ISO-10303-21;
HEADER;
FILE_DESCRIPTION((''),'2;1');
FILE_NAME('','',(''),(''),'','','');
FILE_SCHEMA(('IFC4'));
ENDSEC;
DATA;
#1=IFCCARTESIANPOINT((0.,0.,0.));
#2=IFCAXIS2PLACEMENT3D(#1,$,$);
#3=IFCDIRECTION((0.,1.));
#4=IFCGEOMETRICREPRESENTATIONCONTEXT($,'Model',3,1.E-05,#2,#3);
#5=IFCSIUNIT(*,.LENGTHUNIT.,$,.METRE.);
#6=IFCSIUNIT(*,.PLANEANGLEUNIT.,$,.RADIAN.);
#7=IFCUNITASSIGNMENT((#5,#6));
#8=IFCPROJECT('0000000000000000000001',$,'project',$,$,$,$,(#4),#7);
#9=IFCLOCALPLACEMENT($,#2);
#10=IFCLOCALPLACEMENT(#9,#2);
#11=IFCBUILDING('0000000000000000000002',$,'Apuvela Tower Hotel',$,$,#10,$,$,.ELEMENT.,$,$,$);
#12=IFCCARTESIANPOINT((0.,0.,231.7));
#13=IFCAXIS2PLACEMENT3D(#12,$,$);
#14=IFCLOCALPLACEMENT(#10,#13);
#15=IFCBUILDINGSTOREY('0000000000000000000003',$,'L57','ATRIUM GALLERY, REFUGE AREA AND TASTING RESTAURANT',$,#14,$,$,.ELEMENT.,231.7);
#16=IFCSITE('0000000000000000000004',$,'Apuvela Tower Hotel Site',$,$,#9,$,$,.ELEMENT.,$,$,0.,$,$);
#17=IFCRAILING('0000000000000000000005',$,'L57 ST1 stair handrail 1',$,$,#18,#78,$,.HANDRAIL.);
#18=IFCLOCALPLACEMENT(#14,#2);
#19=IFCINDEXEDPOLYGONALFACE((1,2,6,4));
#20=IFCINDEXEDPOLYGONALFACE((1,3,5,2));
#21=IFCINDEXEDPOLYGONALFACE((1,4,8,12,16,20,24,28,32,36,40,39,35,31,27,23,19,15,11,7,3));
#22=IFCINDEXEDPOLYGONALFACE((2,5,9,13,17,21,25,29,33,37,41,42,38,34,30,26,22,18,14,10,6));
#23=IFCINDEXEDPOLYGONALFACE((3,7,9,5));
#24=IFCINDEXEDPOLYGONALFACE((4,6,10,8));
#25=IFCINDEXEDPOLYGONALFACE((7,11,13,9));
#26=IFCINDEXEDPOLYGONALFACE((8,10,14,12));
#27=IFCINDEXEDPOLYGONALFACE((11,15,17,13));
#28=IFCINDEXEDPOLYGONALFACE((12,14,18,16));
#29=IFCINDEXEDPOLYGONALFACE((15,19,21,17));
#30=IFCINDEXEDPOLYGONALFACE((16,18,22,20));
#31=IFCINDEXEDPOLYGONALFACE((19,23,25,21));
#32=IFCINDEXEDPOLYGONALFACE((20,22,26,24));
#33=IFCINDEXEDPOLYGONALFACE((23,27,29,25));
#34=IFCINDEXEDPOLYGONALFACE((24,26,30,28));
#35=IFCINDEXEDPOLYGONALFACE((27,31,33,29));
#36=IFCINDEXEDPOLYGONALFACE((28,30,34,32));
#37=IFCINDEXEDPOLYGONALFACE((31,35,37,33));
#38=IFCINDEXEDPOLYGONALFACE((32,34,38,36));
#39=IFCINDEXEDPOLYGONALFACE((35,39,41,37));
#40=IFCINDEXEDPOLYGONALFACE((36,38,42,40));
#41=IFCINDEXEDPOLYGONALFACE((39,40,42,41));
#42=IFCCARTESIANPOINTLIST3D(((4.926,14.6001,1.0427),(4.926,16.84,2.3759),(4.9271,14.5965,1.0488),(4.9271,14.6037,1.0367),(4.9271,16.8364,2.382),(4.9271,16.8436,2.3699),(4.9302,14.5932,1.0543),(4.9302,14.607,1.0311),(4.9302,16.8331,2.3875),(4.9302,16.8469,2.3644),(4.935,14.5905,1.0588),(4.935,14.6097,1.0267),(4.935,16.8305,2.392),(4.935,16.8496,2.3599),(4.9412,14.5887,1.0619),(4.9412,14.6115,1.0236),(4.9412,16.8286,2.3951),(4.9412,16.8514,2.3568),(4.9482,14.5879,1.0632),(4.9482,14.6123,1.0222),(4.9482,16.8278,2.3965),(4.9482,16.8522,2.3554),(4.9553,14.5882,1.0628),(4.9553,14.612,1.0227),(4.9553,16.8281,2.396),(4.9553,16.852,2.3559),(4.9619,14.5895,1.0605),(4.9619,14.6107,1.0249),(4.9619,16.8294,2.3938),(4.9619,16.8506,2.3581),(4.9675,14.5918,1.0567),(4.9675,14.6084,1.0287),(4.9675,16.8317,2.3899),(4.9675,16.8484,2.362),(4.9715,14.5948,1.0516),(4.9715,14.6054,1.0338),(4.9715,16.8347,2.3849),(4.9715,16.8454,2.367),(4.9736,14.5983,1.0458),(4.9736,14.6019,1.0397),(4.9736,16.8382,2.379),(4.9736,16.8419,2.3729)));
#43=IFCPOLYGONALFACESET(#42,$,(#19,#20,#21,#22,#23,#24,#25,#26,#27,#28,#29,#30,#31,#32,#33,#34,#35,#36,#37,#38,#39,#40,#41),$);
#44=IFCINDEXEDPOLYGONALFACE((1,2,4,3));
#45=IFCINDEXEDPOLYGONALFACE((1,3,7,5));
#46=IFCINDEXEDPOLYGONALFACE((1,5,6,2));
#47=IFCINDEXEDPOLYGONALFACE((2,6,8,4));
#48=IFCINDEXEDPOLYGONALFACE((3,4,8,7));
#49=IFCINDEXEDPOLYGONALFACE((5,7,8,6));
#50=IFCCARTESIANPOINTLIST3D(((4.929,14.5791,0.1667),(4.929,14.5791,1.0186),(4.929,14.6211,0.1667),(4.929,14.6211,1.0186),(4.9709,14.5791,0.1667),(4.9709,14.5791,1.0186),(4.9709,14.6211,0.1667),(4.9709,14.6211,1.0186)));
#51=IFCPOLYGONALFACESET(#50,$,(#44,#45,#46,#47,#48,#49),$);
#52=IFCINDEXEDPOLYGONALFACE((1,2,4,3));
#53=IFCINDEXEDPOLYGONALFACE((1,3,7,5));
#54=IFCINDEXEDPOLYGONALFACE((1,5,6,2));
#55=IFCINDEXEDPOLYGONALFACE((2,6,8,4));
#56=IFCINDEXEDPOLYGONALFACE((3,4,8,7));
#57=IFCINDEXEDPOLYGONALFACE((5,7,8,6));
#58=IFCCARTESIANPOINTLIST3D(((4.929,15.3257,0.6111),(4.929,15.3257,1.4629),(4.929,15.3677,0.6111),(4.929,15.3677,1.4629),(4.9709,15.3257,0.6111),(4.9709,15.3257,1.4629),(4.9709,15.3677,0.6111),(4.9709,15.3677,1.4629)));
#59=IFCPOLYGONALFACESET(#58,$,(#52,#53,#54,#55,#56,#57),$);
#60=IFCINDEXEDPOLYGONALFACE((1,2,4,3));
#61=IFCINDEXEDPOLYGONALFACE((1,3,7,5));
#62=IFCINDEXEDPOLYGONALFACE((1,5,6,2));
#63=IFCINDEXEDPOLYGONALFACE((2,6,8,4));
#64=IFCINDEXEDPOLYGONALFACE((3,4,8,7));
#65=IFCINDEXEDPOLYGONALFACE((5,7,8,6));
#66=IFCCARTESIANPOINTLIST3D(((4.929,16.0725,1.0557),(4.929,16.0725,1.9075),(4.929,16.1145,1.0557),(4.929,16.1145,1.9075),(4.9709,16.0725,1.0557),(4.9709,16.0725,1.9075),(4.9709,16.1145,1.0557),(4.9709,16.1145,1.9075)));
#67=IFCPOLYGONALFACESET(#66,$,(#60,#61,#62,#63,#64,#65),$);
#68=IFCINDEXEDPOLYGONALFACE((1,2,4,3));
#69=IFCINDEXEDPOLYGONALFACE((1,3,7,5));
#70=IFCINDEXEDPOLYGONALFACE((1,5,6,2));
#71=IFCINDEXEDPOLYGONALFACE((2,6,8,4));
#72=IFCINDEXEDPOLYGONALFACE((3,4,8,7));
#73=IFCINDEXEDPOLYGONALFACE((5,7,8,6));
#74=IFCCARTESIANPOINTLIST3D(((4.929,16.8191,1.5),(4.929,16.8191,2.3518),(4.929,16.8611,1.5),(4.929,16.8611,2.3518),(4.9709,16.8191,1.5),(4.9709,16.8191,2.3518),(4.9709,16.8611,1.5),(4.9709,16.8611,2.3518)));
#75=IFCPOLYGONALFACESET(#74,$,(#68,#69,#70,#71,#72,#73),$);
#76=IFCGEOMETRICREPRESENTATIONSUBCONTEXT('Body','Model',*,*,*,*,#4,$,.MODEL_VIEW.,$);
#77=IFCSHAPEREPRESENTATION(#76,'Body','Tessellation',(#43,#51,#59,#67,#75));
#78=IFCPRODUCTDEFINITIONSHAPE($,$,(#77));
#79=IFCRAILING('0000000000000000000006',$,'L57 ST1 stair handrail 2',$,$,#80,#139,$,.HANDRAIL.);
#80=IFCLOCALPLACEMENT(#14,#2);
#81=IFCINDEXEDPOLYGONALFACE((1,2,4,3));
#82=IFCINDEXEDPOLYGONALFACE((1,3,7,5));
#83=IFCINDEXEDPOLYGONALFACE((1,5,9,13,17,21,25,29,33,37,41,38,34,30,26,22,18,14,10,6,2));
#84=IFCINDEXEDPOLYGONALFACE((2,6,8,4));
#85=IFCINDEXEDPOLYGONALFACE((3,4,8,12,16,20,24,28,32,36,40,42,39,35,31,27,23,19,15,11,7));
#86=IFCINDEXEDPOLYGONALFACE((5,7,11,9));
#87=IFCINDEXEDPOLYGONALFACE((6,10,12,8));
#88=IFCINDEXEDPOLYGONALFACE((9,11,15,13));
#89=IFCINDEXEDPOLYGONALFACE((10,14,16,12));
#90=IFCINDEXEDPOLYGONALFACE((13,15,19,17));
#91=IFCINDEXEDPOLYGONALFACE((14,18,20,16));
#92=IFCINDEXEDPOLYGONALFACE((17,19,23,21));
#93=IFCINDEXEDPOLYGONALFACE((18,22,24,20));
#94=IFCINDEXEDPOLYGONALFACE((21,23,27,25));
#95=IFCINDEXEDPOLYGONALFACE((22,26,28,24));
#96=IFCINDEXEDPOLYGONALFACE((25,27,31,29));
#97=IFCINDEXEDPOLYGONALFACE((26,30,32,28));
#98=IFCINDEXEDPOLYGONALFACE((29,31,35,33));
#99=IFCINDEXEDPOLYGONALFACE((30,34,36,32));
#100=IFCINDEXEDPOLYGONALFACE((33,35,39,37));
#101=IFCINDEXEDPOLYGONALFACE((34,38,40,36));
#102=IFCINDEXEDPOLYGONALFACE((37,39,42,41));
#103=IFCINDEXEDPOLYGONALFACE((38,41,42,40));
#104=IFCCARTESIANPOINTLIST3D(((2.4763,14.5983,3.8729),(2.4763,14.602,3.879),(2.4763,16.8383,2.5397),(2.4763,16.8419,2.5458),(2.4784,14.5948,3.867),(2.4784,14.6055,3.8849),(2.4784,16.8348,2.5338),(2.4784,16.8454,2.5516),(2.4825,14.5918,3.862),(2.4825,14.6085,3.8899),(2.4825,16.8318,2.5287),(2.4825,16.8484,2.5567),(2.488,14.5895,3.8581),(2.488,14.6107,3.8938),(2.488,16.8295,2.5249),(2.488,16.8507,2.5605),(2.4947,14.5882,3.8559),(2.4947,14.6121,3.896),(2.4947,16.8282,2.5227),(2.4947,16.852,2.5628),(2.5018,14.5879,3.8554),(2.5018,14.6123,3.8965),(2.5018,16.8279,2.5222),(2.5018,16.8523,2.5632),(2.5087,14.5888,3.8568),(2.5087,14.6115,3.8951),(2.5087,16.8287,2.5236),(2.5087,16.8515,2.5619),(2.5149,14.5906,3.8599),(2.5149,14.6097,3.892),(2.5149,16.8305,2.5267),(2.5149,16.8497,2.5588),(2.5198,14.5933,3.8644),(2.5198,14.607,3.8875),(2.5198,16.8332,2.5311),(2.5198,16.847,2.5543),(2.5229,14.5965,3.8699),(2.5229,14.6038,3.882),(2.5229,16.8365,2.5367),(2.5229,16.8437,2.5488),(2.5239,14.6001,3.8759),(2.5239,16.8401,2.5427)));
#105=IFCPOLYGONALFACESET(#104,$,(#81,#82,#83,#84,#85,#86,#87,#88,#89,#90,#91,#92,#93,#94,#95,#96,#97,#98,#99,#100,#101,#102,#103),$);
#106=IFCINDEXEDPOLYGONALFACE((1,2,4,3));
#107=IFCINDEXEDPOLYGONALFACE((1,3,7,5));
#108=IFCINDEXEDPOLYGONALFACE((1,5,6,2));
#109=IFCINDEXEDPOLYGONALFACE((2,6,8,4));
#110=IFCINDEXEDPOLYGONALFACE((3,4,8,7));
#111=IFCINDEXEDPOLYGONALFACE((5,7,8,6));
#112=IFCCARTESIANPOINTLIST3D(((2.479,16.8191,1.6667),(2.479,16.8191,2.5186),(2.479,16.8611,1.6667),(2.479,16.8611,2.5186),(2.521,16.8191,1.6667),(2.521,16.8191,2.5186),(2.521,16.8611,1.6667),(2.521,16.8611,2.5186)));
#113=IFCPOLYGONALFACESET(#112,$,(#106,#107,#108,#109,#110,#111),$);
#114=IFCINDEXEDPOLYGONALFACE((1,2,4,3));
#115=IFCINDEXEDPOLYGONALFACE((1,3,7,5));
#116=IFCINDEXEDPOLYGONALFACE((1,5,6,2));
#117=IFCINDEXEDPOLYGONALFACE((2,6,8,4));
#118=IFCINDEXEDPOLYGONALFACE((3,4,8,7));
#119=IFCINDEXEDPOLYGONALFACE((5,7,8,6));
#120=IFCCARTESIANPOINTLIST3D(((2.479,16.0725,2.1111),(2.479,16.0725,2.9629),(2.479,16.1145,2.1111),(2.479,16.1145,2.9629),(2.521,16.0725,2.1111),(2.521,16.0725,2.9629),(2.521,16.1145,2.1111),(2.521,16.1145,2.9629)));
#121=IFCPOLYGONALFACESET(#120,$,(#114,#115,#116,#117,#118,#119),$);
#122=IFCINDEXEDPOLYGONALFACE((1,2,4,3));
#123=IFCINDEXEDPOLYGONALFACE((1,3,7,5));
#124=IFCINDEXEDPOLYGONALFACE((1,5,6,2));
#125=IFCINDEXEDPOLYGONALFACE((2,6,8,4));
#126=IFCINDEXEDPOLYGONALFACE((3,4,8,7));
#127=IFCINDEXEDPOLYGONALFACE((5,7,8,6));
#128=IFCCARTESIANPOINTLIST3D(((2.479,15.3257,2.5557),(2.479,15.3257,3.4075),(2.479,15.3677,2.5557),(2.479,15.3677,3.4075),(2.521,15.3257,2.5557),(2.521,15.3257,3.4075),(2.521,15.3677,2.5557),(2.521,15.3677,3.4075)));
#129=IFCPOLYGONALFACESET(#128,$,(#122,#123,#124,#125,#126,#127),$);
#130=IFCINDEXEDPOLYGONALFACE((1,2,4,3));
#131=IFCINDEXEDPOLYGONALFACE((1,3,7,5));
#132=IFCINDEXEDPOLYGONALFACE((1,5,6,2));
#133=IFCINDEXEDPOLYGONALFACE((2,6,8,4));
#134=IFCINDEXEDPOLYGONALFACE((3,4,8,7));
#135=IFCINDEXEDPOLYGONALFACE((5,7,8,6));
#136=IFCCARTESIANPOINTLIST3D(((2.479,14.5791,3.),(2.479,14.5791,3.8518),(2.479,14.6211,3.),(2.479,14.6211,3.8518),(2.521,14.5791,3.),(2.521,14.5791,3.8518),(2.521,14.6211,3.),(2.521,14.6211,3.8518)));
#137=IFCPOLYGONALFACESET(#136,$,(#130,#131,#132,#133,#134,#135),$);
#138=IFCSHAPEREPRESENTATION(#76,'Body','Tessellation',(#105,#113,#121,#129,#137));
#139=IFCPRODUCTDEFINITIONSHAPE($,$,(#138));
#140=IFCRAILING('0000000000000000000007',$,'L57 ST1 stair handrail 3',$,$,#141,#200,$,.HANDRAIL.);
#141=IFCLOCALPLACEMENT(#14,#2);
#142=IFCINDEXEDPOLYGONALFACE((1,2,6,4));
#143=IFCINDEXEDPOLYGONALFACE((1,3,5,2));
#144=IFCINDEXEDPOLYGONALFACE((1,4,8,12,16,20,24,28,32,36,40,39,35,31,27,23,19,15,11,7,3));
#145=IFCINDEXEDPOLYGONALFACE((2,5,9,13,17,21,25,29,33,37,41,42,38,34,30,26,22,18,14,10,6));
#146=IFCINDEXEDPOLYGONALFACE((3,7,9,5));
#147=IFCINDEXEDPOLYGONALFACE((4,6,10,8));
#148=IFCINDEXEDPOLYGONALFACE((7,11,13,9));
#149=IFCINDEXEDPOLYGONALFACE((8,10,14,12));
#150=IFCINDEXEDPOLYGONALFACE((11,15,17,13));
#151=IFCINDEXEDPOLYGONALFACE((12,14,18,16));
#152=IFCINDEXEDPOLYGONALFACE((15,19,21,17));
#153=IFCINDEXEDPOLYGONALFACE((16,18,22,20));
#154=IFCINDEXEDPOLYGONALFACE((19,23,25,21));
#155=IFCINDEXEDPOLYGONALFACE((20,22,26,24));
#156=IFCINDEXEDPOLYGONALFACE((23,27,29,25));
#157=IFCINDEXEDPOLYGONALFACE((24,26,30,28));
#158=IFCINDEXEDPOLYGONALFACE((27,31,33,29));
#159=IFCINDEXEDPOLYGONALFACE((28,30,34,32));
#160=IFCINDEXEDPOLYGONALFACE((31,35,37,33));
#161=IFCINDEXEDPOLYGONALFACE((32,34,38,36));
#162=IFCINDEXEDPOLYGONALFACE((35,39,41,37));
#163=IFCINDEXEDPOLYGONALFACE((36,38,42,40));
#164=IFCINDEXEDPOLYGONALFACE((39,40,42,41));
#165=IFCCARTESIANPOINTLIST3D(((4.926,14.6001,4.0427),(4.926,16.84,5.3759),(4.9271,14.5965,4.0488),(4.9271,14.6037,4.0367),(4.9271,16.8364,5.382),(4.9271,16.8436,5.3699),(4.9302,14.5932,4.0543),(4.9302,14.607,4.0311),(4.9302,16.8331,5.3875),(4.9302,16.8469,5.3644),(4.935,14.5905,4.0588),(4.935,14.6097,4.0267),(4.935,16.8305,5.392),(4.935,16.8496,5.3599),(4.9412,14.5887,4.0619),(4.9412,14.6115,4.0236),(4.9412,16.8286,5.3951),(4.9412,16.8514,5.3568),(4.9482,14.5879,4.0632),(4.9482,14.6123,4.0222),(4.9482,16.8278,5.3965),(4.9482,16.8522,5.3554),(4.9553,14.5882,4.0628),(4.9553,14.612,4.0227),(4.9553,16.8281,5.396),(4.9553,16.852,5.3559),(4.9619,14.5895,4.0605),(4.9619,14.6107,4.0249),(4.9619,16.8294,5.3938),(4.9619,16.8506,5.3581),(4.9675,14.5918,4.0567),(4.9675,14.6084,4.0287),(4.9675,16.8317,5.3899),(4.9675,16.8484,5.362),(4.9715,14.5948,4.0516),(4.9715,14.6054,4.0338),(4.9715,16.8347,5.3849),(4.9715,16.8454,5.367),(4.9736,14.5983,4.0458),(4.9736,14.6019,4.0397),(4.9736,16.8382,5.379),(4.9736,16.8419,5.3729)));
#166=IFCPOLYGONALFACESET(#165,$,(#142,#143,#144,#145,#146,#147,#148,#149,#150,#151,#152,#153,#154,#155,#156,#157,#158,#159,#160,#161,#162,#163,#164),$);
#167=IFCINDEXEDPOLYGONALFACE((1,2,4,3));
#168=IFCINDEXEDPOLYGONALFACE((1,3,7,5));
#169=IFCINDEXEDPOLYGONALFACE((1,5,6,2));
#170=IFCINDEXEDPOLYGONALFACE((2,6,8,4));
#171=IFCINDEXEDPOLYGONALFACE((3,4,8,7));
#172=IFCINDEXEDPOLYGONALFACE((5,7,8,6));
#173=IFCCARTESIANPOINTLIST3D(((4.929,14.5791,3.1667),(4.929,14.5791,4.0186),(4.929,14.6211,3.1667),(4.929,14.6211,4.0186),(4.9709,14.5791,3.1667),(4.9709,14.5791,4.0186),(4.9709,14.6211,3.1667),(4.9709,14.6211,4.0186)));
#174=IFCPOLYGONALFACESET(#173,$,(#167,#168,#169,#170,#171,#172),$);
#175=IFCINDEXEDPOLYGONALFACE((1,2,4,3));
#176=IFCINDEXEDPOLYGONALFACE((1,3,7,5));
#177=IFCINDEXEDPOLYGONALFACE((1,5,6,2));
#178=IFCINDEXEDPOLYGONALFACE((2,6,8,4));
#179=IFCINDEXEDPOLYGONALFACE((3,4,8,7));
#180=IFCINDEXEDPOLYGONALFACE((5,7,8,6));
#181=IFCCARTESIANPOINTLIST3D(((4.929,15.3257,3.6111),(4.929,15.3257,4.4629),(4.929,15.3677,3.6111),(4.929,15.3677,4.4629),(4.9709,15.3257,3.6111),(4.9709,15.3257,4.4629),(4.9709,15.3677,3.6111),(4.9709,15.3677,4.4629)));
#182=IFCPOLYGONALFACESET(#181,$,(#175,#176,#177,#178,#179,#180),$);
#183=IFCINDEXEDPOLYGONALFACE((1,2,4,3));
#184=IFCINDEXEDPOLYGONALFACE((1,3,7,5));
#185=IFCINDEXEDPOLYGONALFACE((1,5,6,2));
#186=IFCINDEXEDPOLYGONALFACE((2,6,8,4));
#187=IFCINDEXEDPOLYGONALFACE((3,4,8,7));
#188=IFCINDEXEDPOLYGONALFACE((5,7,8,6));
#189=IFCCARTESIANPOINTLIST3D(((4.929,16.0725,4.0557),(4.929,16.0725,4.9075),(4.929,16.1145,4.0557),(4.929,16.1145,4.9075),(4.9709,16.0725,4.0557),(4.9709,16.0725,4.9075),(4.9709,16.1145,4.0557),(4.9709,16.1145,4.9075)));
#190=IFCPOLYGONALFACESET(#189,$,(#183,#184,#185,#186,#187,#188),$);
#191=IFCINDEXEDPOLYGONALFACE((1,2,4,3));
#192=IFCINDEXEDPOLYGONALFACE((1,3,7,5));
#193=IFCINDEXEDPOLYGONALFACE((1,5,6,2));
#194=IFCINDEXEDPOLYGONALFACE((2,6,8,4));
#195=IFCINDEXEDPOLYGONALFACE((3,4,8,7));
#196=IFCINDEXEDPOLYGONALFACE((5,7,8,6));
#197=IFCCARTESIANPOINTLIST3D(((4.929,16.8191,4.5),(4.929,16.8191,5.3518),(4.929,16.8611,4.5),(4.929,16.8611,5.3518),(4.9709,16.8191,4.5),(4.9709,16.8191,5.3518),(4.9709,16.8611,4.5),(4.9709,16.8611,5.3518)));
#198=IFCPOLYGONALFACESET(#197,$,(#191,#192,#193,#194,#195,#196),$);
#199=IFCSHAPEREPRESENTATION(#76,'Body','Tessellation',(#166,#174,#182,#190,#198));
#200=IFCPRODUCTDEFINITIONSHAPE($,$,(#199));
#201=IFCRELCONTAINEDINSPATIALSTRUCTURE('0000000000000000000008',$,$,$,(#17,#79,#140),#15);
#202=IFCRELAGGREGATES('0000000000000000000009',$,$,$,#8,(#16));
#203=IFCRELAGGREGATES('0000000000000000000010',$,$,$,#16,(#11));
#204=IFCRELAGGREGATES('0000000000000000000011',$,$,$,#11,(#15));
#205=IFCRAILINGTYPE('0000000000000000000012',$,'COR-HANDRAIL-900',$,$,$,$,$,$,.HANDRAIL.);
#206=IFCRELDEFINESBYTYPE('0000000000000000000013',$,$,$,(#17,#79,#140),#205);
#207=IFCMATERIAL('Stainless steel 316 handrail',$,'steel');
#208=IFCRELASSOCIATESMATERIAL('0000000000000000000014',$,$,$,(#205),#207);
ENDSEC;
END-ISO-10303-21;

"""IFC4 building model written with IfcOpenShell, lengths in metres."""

from ifc_helpers import new_model, si_unit, direction, frame, origin, origin_2d, place, context, subcontext, project, spatial, rectangle, circle, extrude, material, type_object, element, save


model = new_model("IFC4")

# Units and contexts
model_context = context("Model", 3, precision=1e-05, world=origin(), true_north=direction((0.0, 1.0)))
body_context = subcontext(model_context, "Body", "Model", "MODEL_VIEW")
ifc_project = project(units=[si_unit("LENGTHUNIT", "METRE"), si_unit("PLANEANGLEUNIT", "RADIAN")], contexts=[model_context])

# Site, building, storey
site_placement = place(None, origin())
site = spatial("IfcSite", under=ifc_project, at=site_placement, Name="Apuvela Tower Hotel Site", CompositionType="ELEMENT", RefElevation=0.0)
building_placement = place(site_placement, origin())
building = spatial("IfcBuilding", under=site, at=building_placement, Name="Apuvela Tower Hotel", CompositionType="ELEMENT")
storey_placement = place(building_placement, frame((0.0, 0.0, 231.7)))
storey = spatial("IfcBuildingStorey", under=building, at=storey_placement, Name="L57", Description="ATRIUM GALLERY, REFUGE AREA AND TASTING RESTAURANT", CompositionType="ELEMENT", Elevation=231.7)

# Railings
ifc_material_1 = material(Name="Stainless steel 316 handrail", Category="steel")
railing_type_1 = type_object("IfcRailingType", Name="COR-HANDRAIL-900", PredefinedType="HANDRAIL", material=ifc_material_1)
railing_1_placement = place(storey_placement, frame((4.95, 14.6001, 0.1667)))
element("IfcRailing", 1, at=railing_1_placement, inside=storey, type_object=railing_type_1, Name="L57 ST1 stair handrail 1", PredefinedType="HANDRAIL", context=body_context, shape_type="SweptSolid", body=[
    extrude(circle(Radius=0.0239, at=origin_2d()), frame((0.0, 0.0, 0.876), z_axis=(0.0, 0.859306, 0.511462), x_axis=(-1.0, 0.0, 0.0)), (0.0, 0.0, 1.0), 2.6067),
    extrude(rectangle(XDim=0.042, YDim=0.042, at=origin_2d()), origin(), (0.0, 0.0, 1.0), 0.8518),
    extrude(rectangle(XDim=0.042, YDim=0.042, at=origin_2d()), frame((0.0, 0.7466, 0.4443)), (0.0, 0.0, 1.0), 0.8518),
    extrude(rectangle(XDim=0.042, YDim=0.042, at=origin_2d()), frame((0.0, 1.4934, 0.8889)), (0.0, 0.0, 1.0), 0.8518),
    extrude(rectangle(XDim=0.042, YDim=0.042, at=origin_2d()), frame((0.0, 2.24, 1.3333)), (0.0, 0.0, 1.0), 0.8518),
])
railing_2_placement = place(storey_placement, frame((2.5, 16.8401, 1.6667)))
element("IfcRailing", 2, at=railing_2_placement, inside=storey, type_object=railing_type_1, Name="L57 ST1 stair handrail 2", PredefinedType="HANDRAIL", context=body_context, shape_type="SweptSolid", body=[
    extrude(circle(Radius=0.0239, at=origin_2d()), frame((0.0, 0.0, 0.876), z_axis=(0.0, -0.859306, 0.511462), x_axis=(1.0, 0.0, 0.0)), (0.0, 0.0, 1.0), 2.6067),
    extrude(rectangle(XDim=0.042, YDim=0.042, at=origin_2d()), origin(), (0.0, 0.0, 1.0), 0.8518),
    extrude(rectangle(XDim=0.042, YDim=0.042, at=origin_2d()), frame((0.0, -0.7466, 0.4443)), (0.0, 0.0, 1.0), 0.8518),
    extrude(rectangle(XDim=0.042, YDim=0.042, at=origin_2d()), frame((0.0, -1.4934, 0.8889)), (0.0, 0.0, 1.0), 0.8518),
    extrude(rectangle(XDim=0.042, YDim=0.042, at=origin_2d()), frame((0.0, -2.24, 1.3333)), (0.0, 0.0, 1.0), 0.8518),
])
railing_3_placement = place(storey_placement, frame((4.95, 14.6001, 3.1667)))
element("IfcRailing", 3, at=railing_3_placement, inside=storey, type_object=railing_type_1, Name="L57 ST1 stair handrail 3", PredefinedType="HANDRAIL", context=body_context, shape_type="SweptSolid", body=[
    extrude(circle(Radius=0.0239, at=origin_2d()), frame((0.0, 0.0, 0.876), z_axis=(0.0, 0.859306, 0.511462), x_axis=(-1.0, 0.0, 0.0)), (0.0, 0.0, 1.0), 2.6067),
    extrude(rectangle(XDim=0.042, YDim=0.042, at=origin_2d()), origin(), (0.0, 0.0, 1.0), 0.8518),
    extrude(rectangle(XDim=0.042, YDim=0.042, at=origin_2d()), frame((0.0, 0.7466, 0.4443)), (0.0, 0.0, 1.0), 0.8518),
    extrude(rectangle(XDim=0.042, YDim=0.042, at=origin_2d()), frame((0.0, 1.4934, 0.8889)), (0.0, 0.0, 1.0), 0.8518),
    extrude(rectangle(XDim=0.042, YDim=0.042, at=origin_2d()), frame((0.0, 2.24, 1.3333)), (0.0, 0.0, 1.0), 0.8518),
])

save(model, "model.ifc")
